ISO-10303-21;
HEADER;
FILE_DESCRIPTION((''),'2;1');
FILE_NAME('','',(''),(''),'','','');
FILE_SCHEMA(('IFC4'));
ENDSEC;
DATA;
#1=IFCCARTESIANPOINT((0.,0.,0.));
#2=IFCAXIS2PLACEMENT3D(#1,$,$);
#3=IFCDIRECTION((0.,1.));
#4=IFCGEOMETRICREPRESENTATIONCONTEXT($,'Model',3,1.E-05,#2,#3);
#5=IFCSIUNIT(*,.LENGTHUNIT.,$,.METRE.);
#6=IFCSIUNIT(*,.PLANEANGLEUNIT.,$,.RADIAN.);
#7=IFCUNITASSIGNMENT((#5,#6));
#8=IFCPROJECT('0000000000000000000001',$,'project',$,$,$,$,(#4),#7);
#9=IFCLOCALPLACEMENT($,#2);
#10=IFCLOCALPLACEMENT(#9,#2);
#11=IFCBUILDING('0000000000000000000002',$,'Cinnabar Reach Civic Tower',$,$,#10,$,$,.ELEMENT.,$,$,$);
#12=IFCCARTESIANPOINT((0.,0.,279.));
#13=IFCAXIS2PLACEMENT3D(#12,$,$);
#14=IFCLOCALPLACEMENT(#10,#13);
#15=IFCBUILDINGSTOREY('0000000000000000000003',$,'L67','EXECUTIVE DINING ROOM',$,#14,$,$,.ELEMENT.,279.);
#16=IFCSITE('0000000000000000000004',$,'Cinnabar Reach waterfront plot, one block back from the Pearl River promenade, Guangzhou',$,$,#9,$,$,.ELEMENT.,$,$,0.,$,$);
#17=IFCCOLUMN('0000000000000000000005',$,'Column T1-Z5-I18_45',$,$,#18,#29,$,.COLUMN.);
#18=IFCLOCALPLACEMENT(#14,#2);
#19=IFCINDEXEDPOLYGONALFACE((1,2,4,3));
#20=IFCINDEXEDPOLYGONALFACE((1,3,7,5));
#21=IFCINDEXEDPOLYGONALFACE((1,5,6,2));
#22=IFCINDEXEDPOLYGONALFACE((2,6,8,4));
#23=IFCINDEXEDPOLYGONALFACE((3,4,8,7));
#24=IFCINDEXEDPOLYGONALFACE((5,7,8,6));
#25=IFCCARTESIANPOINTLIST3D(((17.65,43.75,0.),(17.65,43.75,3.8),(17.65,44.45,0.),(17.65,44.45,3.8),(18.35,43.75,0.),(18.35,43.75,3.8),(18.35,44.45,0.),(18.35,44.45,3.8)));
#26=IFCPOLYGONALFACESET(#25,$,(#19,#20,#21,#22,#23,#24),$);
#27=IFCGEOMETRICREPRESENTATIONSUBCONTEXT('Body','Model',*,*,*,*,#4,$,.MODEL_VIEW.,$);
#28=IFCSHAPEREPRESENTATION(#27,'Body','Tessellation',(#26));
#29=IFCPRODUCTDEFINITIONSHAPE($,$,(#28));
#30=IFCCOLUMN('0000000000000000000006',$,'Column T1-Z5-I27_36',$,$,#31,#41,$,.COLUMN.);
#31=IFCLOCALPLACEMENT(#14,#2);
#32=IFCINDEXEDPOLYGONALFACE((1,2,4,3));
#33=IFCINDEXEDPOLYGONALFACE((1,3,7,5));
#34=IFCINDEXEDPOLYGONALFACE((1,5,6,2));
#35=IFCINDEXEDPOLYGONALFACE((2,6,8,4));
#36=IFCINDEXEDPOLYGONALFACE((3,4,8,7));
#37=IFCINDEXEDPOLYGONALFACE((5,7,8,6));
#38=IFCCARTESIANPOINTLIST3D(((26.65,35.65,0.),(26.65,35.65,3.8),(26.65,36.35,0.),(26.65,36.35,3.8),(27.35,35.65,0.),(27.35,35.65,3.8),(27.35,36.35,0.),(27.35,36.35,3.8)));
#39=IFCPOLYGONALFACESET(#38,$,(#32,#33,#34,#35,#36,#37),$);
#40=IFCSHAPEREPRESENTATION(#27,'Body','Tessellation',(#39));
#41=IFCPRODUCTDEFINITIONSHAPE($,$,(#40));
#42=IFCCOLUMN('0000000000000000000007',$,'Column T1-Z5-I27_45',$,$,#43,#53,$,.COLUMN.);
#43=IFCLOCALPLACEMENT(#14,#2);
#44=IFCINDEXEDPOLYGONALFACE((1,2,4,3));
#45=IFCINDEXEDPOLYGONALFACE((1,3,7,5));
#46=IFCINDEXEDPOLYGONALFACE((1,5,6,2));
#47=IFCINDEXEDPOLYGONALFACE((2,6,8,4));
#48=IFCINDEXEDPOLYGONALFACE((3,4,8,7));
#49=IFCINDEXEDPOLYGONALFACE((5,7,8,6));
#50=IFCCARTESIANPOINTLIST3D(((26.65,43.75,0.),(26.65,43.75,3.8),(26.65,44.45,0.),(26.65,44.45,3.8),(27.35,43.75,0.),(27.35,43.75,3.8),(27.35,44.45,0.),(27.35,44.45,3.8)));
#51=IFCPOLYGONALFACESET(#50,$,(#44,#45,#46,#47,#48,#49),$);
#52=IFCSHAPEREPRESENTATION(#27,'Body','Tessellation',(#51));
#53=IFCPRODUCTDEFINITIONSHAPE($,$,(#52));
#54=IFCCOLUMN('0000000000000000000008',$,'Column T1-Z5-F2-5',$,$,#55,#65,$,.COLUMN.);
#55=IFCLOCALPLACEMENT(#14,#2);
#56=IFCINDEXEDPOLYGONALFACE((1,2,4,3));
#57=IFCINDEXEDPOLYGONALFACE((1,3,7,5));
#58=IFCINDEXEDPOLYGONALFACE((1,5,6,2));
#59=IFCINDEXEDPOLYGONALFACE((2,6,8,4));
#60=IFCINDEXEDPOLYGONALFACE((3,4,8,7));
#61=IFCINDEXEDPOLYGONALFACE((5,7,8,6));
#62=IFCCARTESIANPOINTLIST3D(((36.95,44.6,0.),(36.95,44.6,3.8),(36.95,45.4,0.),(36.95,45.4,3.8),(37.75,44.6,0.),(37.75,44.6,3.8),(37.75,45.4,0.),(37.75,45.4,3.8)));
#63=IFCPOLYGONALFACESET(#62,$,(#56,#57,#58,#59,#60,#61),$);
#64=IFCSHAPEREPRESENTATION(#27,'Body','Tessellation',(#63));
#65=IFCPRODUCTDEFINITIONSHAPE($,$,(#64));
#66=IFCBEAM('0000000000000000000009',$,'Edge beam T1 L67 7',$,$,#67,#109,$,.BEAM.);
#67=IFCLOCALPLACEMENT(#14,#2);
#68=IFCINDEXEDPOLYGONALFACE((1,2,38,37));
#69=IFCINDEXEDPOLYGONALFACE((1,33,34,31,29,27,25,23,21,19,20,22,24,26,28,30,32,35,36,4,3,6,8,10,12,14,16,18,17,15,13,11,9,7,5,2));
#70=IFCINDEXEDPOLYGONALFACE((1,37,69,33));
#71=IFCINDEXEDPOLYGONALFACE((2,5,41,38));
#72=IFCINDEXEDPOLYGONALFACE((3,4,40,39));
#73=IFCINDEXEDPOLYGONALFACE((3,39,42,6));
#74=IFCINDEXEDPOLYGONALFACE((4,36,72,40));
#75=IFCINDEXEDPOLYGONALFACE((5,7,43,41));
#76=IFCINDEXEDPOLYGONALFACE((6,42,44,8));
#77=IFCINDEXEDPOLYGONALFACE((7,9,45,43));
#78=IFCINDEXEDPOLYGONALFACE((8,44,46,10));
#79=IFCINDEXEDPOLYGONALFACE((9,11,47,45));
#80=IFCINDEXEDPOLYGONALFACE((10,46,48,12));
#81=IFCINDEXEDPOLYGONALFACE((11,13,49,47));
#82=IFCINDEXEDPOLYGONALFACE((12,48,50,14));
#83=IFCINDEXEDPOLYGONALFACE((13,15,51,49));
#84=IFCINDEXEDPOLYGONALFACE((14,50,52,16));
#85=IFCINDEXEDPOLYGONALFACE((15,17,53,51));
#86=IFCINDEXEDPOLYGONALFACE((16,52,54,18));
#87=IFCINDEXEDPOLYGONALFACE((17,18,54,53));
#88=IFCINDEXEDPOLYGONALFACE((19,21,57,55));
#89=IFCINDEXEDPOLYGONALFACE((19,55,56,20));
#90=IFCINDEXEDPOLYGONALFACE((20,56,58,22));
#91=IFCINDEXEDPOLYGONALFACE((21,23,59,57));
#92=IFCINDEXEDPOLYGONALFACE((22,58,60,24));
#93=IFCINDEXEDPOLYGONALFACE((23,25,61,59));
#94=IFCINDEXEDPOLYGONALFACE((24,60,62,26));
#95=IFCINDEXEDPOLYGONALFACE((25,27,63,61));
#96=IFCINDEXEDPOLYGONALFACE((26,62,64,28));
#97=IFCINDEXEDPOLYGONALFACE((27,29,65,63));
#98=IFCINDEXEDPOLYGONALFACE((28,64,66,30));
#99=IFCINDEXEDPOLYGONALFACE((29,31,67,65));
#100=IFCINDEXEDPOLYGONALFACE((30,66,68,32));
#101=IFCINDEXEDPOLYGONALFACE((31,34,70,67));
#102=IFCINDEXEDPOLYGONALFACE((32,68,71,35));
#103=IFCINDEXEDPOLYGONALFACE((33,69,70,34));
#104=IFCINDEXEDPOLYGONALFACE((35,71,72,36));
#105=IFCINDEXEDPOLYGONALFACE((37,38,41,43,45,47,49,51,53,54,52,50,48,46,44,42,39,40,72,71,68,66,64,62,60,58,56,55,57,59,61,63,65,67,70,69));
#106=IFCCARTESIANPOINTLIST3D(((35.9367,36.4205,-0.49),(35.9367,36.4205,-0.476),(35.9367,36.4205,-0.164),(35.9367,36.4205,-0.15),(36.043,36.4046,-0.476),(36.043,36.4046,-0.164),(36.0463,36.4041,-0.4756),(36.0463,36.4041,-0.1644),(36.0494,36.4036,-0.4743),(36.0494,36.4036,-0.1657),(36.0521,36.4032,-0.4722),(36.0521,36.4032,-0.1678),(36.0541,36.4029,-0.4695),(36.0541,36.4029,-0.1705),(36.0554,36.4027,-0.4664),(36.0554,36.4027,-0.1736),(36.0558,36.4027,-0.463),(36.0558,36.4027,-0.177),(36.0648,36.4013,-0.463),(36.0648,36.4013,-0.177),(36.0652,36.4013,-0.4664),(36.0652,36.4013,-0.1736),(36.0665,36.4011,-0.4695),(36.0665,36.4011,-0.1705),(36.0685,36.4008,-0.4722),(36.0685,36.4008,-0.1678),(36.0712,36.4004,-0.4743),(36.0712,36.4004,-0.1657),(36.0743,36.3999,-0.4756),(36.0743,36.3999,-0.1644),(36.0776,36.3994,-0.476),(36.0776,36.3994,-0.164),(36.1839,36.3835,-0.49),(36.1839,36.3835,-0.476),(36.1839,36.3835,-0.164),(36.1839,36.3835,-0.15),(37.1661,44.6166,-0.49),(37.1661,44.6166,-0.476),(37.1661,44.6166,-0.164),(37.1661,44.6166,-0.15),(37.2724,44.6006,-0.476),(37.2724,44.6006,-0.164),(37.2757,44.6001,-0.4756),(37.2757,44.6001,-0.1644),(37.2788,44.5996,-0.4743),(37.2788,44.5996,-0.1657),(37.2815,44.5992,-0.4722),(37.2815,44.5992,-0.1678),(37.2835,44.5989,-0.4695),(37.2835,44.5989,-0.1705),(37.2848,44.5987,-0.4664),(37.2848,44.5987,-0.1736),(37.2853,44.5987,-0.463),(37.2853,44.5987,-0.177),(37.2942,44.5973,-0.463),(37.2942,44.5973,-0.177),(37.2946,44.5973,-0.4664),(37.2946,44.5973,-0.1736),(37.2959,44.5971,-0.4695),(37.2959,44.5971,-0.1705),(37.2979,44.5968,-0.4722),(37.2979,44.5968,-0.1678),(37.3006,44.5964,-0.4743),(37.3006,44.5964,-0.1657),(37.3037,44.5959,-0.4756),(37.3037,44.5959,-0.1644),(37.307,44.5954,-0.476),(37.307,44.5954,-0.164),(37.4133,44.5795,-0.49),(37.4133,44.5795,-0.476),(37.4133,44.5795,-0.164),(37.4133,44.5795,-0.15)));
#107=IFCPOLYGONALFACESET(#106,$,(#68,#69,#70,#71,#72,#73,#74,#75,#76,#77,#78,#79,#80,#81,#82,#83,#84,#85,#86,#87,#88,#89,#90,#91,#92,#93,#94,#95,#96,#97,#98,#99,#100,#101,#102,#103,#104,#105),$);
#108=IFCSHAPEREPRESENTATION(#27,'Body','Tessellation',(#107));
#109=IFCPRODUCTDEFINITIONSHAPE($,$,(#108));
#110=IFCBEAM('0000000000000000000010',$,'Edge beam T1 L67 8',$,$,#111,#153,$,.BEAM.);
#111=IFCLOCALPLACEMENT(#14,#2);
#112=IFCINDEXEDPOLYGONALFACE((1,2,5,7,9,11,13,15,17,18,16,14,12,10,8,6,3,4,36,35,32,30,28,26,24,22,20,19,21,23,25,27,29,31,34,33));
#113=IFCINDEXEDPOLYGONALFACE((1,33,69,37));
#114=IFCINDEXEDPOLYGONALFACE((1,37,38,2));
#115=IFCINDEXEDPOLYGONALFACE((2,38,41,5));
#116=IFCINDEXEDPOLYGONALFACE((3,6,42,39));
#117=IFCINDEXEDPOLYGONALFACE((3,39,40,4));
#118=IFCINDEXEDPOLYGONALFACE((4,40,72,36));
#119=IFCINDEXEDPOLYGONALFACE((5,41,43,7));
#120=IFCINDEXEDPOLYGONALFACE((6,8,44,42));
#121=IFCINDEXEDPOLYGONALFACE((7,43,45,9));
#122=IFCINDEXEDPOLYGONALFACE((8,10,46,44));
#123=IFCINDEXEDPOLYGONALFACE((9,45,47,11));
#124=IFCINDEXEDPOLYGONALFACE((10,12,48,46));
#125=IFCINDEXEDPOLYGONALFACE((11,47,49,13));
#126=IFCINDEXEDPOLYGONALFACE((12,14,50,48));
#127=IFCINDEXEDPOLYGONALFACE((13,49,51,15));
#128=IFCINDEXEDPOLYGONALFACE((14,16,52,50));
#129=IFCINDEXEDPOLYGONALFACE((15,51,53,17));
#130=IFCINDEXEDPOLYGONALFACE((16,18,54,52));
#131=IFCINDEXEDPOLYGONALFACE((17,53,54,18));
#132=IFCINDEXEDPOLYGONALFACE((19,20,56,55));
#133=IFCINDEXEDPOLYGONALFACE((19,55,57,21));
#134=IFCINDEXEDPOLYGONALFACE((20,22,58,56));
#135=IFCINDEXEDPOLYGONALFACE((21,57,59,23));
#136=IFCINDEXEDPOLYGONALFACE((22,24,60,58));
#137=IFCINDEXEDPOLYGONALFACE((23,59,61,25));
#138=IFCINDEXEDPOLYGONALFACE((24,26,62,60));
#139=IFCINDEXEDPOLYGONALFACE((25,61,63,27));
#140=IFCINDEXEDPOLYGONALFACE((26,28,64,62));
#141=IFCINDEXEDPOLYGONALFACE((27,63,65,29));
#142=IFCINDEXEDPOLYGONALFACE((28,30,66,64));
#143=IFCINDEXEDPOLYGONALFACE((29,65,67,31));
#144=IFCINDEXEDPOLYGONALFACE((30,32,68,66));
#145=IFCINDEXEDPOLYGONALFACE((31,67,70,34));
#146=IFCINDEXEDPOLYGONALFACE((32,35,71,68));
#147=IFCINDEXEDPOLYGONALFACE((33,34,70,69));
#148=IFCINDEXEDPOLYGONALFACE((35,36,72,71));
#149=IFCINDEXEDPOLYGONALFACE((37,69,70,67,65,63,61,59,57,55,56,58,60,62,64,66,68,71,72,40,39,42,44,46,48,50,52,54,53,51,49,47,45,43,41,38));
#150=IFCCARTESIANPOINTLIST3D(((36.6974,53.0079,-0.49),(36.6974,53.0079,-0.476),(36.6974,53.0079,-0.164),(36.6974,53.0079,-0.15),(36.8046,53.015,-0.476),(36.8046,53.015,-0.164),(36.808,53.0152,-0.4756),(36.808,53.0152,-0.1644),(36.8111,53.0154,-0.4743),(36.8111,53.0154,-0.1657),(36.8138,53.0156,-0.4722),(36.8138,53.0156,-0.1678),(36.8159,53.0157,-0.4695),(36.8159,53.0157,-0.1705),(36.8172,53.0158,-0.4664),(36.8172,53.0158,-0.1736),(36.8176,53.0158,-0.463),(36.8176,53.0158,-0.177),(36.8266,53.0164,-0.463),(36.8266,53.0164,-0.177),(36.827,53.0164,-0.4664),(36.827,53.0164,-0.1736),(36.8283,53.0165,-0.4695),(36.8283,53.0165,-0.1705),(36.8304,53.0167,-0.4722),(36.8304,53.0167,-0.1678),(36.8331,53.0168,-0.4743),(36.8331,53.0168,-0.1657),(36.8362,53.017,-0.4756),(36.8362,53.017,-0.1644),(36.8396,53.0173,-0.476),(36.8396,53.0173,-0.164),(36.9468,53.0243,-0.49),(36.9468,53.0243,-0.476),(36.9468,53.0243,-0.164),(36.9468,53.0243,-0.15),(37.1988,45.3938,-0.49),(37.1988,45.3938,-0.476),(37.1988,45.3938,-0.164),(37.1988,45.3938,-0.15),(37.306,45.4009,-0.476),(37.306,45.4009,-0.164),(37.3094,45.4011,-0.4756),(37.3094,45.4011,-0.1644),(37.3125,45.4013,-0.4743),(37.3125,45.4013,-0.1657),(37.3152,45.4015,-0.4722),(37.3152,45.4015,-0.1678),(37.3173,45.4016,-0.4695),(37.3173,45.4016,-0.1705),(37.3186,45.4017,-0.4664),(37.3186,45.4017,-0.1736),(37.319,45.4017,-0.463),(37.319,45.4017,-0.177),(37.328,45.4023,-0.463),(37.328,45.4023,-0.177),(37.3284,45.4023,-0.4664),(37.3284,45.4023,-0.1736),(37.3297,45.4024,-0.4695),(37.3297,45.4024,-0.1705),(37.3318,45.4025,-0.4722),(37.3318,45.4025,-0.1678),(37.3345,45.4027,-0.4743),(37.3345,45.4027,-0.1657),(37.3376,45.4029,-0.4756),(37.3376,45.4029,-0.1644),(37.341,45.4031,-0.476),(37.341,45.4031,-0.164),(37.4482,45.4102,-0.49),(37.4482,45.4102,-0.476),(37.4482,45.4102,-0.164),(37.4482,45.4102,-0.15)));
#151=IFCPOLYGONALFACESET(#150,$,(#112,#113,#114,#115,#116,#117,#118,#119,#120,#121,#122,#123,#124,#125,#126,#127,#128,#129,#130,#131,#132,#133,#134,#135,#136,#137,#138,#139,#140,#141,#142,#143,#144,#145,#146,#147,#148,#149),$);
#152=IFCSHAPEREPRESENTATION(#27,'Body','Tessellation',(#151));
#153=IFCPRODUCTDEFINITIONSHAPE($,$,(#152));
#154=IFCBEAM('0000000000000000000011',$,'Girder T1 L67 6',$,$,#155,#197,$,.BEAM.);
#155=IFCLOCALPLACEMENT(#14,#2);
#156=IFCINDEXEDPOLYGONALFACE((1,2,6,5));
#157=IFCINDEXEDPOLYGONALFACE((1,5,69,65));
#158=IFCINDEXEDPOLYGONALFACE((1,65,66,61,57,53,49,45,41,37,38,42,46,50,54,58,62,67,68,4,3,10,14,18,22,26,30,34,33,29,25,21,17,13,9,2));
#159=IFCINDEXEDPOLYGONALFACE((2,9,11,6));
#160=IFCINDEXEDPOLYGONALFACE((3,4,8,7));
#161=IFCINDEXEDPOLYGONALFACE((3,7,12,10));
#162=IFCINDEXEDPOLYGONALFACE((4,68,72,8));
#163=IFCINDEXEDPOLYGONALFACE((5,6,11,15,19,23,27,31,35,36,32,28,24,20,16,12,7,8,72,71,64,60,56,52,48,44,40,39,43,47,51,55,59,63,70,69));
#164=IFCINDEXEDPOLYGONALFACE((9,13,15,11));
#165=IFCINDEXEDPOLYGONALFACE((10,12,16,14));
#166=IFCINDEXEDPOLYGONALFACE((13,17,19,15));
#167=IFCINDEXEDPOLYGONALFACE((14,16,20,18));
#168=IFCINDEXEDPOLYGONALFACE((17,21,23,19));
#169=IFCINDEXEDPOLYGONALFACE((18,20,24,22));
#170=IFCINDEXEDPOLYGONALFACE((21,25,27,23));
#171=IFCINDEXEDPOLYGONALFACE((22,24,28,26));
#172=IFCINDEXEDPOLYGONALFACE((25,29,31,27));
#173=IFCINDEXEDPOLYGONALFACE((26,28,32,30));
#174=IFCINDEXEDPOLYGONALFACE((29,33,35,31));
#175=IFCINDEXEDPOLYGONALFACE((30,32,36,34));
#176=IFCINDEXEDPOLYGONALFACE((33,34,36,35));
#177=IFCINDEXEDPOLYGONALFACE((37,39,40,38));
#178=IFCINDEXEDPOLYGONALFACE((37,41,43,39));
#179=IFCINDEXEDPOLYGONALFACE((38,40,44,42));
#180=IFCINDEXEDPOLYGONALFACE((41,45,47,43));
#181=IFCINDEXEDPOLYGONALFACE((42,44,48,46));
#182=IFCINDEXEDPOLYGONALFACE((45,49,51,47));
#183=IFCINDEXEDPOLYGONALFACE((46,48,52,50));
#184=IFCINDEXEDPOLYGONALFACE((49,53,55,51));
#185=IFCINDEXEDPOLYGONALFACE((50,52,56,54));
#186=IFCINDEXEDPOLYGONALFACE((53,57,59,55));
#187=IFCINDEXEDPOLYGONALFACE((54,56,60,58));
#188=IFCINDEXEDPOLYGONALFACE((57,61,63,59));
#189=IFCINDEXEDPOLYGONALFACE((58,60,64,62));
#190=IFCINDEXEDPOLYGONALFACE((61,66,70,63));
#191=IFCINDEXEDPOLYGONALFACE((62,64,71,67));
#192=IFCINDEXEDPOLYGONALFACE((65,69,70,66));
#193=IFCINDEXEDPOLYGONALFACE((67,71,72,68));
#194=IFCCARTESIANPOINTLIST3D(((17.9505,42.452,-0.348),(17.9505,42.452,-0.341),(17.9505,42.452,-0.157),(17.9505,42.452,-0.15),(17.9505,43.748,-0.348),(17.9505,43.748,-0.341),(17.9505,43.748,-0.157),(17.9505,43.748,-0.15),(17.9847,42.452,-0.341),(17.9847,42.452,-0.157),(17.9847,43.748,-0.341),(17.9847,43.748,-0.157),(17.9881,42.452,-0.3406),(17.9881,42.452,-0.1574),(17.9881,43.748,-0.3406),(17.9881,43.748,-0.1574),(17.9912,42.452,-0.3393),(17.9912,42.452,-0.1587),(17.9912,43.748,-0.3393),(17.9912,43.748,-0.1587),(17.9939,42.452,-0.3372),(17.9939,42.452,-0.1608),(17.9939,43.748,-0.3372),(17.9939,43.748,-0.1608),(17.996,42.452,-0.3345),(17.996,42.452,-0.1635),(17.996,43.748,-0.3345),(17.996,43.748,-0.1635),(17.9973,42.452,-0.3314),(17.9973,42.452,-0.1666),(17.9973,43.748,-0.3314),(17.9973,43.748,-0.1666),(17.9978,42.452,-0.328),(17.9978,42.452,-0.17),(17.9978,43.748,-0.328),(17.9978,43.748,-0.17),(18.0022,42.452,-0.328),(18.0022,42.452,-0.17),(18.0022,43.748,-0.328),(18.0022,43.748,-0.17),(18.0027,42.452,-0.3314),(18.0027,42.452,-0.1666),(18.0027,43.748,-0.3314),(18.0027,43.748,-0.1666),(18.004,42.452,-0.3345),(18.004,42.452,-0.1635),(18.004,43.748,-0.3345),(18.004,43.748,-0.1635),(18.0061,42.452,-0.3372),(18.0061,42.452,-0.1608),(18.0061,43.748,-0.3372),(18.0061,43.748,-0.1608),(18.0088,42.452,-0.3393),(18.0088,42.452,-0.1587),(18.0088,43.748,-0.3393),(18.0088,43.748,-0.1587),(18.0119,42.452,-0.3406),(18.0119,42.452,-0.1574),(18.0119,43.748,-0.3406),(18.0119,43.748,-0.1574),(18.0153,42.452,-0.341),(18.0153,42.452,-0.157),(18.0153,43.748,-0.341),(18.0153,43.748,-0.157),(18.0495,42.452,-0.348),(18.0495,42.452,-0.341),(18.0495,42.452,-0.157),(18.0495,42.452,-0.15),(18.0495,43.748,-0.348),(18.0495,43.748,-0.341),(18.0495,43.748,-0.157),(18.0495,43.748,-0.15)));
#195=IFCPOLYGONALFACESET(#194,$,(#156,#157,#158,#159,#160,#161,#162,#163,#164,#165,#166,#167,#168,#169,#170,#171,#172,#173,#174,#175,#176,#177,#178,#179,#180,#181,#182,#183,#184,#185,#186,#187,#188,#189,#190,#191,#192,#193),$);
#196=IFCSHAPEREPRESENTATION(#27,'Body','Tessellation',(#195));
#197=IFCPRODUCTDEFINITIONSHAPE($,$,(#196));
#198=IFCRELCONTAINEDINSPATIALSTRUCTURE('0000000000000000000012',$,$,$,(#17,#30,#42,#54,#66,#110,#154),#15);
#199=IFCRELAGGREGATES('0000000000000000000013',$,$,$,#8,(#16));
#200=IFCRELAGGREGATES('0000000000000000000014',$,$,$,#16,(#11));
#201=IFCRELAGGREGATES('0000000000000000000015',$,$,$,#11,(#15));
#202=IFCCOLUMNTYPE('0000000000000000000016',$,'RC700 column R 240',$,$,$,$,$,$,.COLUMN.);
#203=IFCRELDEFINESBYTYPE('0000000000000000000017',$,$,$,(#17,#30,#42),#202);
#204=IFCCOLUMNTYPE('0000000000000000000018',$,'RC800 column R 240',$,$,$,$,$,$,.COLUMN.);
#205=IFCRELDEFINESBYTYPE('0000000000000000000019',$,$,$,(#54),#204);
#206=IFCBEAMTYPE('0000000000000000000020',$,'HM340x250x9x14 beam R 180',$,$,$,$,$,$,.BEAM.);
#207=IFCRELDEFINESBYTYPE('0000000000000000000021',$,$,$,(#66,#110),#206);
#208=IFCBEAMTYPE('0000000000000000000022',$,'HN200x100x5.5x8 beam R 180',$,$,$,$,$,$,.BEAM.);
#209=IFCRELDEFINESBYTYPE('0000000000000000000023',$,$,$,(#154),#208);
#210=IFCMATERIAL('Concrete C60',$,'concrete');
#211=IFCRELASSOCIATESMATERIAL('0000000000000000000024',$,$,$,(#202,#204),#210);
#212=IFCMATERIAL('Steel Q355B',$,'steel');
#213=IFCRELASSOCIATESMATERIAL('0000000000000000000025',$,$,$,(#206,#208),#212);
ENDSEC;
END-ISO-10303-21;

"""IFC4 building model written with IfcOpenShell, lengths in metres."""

from ifc_helpers import new_model, si_unit, direction, frame, origin, origin_2d, place, context, subcontext, project, spatial, rectangle, i_section, extrude, material, material_profile, profile_set, type_object, element, save


model = new_model("IFC4")

# Units and contexts
model_context = context("Model", 3, precision=1e-05, world=origin(), true_north=direction((0.0, 1.0)))
body_context = subcontext(model_context, "Body", "Model", "MODEL_VIEW")
ifc_project = project(units=[si_unit("LENGTHUNIT", "METRE"), si_unit("PLANEANGLEUNIT", "RADIAN")], contexts=[model_context])

# Site, building, storey
site_placement = place(None, origin())
site = spatial("IfcSite", under=ifc_project, at=site_placement, Name="Cinnabar Reach waterfront plot, one block back from the Pearl River promenade, Guangzhou", CompositionType="ELEMENT", RefElevation=0.0)
building_placement = place(site_placement, origin())
building = spatial("IfcBuilding", under=site, at=building_placement, Name="Cinnabar Reach Civic Tower", CompositionType="ELEMENT")
storey_placement = place(building_placement, frame((0.0, 0.0, 279.0)))
storey = spatial("IfcBuildingStorey", under=building, at=storey_placement, Name="L67", Description="EXECUTIVE DINING ROOM", CompositionType="ELEMENT", Elevation=279.0)

# Columns
ifc_material_1 = material(Name="Concrete C60", Category="concrete")
ifc_material_profile_1 = material_profile(ifc_material_1, rectangle(XDim=0.7, YDim=0.7, at=origin_2d()), Name="RC700")
ifc_profile_set_1 = profile_set([ifc_material_profile_1], Name="Concrete C60")
column_type_1 = type_object("IfcColumnType", Name="RC700 column R 240", PredefinedType="COLUMN", material=ifc_profile_set_1)
for number, where, z_axis, x_axis, name in (
    (1, (18.0, 44.1, 0.0), (0.0, 0.0, 1.0), (1.0, 0.0, 0.0), "Column T1-Z5-I18_45"),
    (2, (27.0, 36.0, 0.0), (0.0, 0.0, 1.0), (1.0, 0.0, 0.0), "Column T1-Z5-I27_36"),
    (3, (27.0, 44.1, 0.0), (0.0, 0.0, 1.0), (1.0, 0.0, 0.0), "Column T1-Z5-I27_45"),
):
    element("IfcColumn", number, at=place(storey_placement, frame(where, z_axis=z_axis, x_axis=x_axis)), inside=storey, type_object=column_type_1, Name=name, PredefinedType="COLUMN", context=body_context, shape_type="SweptSolid", body=[
        extrude(rectangle(XDim=0.7, YDim=0.7, at=origin_2d()), origin(), (0.0, 0.0, 1.0), 3.8),
    ])
ifc_material_profile_2 = material_profile(ifc_material_1, rectangle(XDim=0.8, YDim=0.8, at=origin_2d()), Name="RC800")
ifc_profile_set_2 = profile_set([ifc_material_profile_2], Name="Concrete C60")
column_type_2 = type_object("IfcColumnType", Name="RC800 column R 240", PredefinedType="COLUMN", material=ifc_profile_set_2)
column_placement = place(storey_placement, frame((37.35, 45.0, 0.0), z_axis=(0.0, 0.0, 1.0), x_axis=(1.0, 0.0, 0.0)))
element("IfcColumn", 4, at=column_placement, inside=storey, type_object=column_type_2, Name="Column T1-Z5-F2-5", PredefinedType="COLUMN", context=body_context, shape_type="SweptSolid", body=[
    extrude(rectangle(XDim=0.8, YDim=0.8, at=origin_2d()), origin(), (0.0, 0.0, 1.0), 3.8),
])

# Beams
ifc_material_2 = material(Name="Steel Q355B", Category="steel")
ifc_material_profile_3 = material_profile(ifc_material_2, i_section(OverallWidth=0.25, OverallDepth=0.34, WebThickness=0.009, FlangeThickness=0.014, FilletRadius=0.013, at=origin_2d()), Name="HM340x250x9x14")
ifc_profile_set_3 = profile_set([ifc_material_profile_3], Name="Steel Q355B")
beam_type_1 = type_object("IfcBeamType", Name="HM340x250x9x14 beam R 180", PredefinedType="BEAM", material=ifc_profile_set_3)
beam_1_placement = place(storey_placement, frame((36.0603, 36.402, -0.32), z_axis=(0.14834, 0.988936, 0.0), x_axis=(-0.988936, 0.14834, 0.0)))
element("IfcBeam", 5, at=beam_1_placement, inside=storey, type_object=beam_type_1, Name="Edge beam T1 L67 7", PredefinedType="BEAM", context=body_context, shape_type="SweptSolid", body=[
    extrude(i_section(OverallWidth=0.25, OverallDepth=0.34, WebThickness=0.009, FlangeThickness=0.014, FilletRadius=0.013, at=origin_2d()), origin(), (0.0, 0.0, 1.0), 8.2877),
])
beam_2_placement = place(storey_placement, frame((37.3235, 45.402, -0.32), z_axis=(-0.065709, 0.997839, 0.0), x_axis=(-0.997839, -0.065709, 0.0)))
element("IfcBeam", 6, at=beam_2_placement, inside=storey, type_object=beam_type_1, Name="Edge beam T1 L67 8", PredefinedType="BEAM", context=body_context, shape_type="SweptSolid", body=[
    extrude(i_section(OverallWidth=0.25, OverallDepth=0.34, WebThickness=0.009, FlangeThickness=0.014, FilletRadius=0.013, at=origin_2d()), origin(), (0.0, 0.0, 1.0), 7.6306),
])
ifc_material_profile_4 = material_profile(ifc_material_2, i_section(OverallWidth=0.099, OverallDepth=0.198, WebThickness=0.0045, FlangeThickness=0.007, FilletRadius=0.013, at=origin_2d()), Name="HN200x100x5.5x8")
ifc_profile_set_4 = profile_set([ifc_material_profile_4], Name="Steel Q355B")
beam_type_2 = type_object("IfcBeamType", Name="HN200x100x5.5x8 beam R 180", PredefinedType="BEAM", material=ifc_profile_set_4)
beam_3_placement = place(storey_placement, frame((18.0, 42.452, -0.249), z_axis=(0.0, 1.0, 0.0), x_axis=(-1.0, 0.0, 0.0)))
element("IfcBeam", 7, at=beam_3_placement, inside=storey, type_object=beam_type_2, Name="Girder T1 L67 6", PredefinedType="BEAM", context=body_context, shape_type="SweptSolid", body=[
    extrude(i_section(OverallWidth=0.099, OverallDepth=0.198, WebThickness=0.0045, FlangeThickness=0.007, FilletRadius=0.013, at=origin_2d()), origin(), (0.0, 0.0, 1.0), 1.296),
])

save(model, "model.ifc")
